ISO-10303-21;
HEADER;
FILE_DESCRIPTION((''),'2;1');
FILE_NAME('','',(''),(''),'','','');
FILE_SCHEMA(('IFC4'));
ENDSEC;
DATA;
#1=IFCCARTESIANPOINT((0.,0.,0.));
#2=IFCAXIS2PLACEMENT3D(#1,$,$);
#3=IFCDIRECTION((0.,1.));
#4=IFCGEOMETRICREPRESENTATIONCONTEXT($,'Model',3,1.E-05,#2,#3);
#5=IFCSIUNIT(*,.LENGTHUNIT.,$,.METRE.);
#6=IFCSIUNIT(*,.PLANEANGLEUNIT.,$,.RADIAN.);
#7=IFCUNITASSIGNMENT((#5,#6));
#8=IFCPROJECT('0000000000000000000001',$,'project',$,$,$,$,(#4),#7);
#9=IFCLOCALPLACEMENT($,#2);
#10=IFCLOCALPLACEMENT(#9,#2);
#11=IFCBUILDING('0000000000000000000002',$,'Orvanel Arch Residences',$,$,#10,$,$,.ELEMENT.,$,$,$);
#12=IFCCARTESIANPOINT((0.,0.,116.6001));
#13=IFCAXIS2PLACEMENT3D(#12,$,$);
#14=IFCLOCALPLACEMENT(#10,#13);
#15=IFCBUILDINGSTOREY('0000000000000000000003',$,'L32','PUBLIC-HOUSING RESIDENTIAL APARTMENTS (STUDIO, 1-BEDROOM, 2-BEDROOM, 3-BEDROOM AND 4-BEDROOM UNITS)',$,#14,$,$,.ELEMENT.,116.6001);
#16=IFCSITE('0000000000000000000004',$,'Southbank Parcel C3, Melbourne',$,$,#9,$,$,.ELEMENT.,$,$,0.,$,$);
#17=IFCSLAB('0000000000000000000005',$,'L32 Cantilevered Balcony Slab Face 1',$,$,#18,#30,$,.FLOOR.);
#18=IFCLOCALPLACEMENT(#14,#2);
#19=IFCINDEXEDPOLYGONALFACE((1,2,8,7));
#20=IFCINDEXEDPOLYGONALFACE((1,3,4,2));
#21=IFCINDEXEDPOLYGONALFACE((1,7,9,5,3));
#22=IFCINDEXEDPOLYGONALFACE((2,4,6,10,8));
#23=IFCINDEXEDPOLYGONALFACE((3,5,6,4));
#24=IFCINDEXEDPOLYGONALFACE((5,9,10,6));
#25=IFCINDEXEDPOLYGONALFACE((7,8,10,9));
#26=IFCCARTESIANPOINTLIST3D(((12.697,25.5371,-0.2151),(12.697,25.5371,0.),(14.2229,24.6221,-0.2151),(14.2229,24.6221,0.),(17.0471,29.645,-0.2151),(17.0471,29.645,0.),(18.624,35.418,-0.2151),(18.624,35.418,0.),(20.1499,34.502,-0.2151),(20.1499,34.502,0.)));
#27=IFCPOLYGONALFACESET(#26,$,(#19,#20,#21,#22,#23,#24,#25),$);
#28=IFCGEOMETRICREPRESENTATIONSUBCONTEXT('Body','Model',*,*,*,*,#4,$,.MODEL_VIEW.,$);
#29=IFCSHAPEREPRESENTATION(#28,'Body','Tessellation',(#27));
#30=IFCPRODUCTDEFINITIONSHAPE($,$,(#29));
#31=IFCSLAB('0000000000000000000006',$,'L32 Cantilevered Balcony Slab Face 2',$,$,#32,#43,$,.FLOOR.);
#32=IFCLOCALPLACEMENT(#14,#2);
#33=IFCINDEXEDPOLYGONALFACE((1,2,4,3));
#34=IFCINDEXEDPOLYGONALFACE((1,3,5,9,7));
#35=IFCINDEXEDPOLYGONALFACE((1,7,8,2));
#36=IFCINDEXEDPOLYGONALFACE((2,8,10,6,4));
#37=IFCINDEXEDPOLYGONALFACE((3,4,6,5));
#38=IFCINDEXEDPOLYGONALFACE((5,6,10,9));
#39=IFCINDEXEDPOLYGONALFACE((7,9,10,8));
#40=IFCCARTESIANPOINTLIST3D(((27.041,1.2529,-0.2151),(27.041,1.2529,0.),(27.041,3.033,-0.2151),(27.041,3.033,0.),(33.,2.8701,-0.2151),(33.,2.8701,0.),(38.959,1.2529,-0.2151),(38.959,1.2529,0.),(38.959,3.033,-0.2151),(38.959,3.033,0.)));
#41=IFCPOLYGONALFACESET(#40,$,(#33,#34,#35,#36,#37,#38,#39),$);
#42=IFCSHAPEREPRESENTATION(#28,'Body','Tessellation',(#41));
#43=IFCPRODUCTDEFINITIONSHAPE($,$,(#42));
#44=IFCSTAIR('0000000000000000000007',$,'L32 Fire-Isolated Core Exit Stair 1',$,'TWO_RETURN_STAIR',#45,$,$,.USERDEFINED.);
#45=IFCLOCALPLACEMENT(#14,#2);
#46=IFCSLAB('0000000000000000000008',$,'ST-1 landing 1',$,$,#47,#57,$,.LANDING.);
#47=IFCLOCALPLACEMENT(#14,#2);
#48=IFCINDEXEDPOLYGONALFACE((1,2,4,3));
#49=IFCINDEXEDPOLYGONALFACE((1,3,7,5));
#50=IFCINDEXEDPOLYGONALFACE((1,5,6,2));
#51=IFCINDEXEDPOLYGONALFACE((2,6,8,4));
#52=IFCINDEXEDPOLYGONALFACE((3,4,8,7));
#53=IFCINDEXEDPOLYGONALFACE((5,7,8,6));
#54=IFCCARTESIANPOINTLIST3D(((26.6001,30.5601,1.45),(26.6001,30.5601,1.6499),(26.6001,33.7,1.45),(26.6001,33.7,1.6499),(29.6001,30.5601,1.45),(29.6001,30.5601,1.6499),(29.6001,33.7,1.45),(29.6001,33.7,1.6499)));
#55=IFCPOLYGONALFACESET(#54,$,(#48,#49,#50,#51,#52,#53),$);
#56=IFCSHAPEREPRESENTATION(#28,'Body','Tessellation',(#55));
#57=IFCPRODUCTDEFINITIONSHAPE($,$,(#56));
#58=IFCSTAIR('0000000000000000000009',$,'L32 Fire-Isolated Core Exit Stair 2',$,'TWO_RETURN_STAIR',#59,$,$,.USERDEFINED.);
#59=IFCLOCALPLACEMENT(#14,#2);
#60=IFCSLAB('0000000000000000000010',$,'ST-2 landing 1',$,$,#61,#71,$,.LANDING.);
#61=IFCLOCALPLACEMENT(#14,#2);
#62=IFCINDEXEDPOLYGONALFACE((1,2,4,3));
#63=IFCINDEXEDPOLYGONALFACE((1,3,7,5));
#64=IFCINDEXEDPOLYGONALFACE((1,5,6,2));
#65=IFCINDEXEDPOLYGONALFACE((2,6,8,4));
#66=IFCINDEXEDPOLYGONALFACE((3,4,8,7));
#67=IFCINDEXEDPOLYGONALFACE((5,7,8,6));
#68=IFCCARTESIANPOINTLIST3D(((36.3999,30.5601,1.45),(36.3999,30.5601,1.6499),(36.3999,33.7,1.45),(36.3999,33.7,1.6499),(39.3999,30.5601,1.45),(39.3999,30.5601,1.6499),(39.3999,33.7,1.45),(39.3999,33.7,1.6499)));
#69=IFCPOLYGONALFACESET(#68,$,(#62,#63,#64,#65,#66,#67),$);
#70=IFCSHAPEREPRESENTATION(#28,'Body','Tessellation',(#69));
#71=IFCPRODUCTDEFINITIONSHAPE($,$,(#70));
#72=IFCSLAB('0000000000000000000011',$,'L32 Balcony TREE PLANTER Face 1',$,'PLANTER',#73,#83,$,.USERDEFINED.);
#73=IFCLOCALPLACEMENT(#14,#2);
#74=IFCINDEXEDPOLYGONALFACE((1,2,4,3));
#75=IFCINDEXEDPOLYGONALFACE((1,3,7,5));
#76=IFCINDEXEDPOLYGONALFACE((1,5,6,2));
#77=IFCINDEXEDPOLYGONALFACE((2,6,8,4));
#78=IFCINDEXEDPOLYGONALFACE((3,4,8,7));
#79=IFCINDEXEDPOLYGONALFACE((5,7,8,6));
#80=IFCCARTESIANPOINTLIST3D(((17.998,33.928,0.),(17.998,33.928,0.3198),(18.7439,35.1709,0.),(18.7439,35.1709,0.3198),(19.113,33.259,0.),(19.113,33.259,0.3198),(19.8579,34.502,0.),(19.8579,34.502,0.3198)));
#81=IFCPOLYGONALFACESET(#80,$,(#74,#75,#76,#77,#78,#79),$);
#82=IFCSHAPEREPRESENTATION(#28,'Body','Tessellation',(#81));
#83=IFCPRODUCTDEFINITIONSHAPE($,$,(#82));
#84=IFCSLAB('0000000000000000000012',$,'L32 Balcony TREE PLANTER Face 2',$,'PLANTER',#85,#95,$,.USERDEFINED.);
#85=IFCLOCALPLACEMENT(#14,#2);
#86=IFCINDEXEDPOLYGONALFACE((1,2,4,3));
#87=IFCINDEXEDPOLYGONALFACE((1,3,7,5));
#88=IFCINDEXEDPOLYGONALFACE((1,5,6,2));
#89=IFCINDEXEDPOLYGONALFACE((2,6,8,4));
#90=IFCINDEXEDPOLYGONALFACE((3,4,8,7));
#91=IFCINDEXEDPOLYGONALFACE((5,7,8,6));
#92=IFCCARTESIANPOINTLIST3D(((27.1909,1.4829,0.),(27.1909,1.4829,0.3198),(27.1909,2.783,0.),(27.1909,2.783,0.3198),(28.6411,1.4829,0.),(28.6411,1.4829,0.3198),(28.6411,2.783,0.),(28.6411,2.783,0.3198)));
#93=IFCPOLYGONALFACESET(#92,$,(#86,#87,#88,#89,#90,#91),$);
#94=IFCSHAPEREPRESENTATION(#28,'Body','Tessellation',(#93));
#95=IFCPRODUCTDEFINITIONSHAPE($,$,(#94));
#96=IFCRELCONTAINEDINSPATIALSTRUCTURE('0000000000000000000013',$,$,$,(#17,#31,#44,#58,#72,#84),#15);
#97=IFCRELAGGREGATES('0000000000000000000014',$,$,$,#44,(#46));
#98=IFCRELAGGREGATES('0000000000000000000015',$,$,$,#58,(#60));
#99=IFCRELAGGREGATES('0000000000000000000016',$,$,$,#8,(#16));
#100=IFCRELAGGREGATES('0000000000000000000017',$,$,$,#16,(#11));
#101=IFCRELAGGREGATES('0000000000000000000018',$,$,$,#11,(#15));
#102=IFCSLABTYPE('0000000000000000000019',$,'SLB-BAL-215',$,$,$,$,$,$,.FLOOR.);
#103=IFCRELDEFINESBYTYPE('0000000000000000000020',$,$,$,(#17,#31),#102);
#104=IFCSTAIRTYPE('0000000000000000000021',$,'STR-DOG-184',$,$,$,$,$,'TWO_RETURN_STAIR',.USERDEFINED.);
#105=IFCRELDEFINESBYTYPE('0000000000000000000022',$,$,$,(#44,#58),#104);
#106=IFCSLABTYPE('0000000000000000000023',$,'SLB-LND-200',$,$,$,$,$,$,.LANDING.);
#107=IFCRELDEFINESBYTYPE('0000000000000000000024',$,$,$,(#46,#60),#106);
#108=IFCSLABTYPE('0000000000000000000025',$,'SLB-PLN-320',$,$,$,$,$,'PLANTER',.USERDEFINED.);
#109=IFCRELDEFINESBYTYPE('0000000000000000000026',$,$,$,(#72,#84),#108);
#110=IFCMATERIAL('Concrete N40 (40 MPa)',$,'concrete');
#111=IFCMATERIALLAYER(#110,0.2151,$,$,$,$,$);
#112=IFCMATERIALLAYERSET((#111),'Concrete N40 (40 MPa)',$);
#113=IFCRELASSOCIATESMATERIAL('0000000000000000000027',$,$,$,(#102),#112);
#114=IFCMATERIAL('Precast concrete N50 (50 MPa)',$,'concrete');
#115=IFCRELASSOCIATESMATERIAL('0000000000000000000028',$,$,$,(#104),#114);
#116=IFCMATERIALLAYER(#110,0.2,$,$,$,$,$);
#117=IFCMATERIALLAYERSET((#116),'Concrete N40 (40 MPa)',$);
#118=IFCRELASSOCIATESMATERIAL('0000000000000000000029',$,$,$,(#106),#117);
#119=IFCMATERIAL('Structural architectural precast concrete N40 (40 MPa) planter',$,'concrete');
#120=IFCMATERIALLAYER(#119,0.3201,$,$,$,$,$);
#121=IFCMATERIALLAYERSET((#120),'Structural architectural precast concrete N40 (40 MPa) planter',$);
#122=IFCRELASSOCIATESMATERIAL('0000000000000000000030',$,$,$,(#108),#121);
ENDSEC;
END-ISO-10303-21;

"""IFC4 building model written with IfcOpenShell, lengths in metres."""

from ifc_helpers import new_model, si_unit, direction, frame, origin, place, context, subcontext, project, spatial, polyline, outline, extrude, material, layer, layer_set, type_object, element, aggregate, save


model = new_model("IFC4")

# Units and contexts
model_context = context("Model", 3, precision=1e-05, world=origin(), true_north=direction((0.0, 1.0)))
body_context = subcontext(model_context, "Body", "Model", "MODEL_VIEW")
ifc_project = project(units=[si_unit("LENGTHUNIT", "METRE"), si_unit("PLANEANGLEUNIT", "RADIAN")], contexts=[model_context])

# Site, building, storey
site_placement = place(None, origin())
site = spatial("IfcSite", under=ifc_project, at=site_placement, Name="Southbank Parcel C3, Melbourne", CompositionType="ELEMENT", RefElevation=0.0)
building_placement = place(site_placement, origin())
building = spatial("IfcBuilding", under=site, at=building_placement, Name="Orvanel Arch Residences", CompositionType="ELEMENT")
storey_placement = place(building_placement, frame((0.0, 0.0, 116.6001)))
storey = spatial("IfcBuildingStorey", under=building, at=storey_placement, Name="L32", Description="PUBLIC-HOUSING RESIDENTIAL APARTMENTS (STUDIO, 1-BEDROOM, 2-BEDROOM, 3-BEDROOM AND 4-BEDROOM UNITS)", CompositionType="ELEMENT", Elevation=116.6001)

# Slabs
ifc_material_1 = material(Name="Concrete N40 (40 MPa)", Category="concrete")
ifc_layer_1 = layer(ifc_material_1, 0.2151)
ifc_layer_set_1 = layer_set([ifc_layer_1], Name="Concrete N40 (40 MPa)")
slab_type_1 = type_object("IfcSlabType", Name="SLB-BAL-215", PredefinedType="FLOOR", material=ifc_layer_set_1)
slab_1_placement = place(storey_placement, frame((0.0, 0.0, -0.2151)))
element("IfcSlab", 1, at=slab_1_placement, inside=storey, type_object=slab_type_1, Name="L32 Cantilevered Balcony Slab Face 1", PredefinedType="FLOOR", context=body_context, shape_type="SweptSolid", body=[
    extrude(outline(polyline([(18.624, 35.418), (12.697, 25.5371), (14.2229, 24.6221), (17.0471, 29.645), (20.1499, 34.502), (18.624, 35.418)])), origin(), (0.0, 0.0, 1.0), 0.2151),
])
slab_2_placement = place(storey_placement, frame((0.0, 0.0, -0.2151)))
element("IfcSlab", 2, at=slab_2_placement, inside=storey, type_object=slab_type_1, Name="L32 Cantilevered Balcony Slab Face 2", PredefinedType="FLOOR", context=body_context, shape_type="SweptSolid", body=[
    extrude(outline(polyline([(27.041, 1.2529), (38.959, 1.2529), (38.959, 3.033), (33.0, 2.8701), (27.041, 3.033), (27.041, 1.2529)])), origin(), (0.0, 0.0, 1.0), 0.2151),
])

# Stairs, slabs
ifc_material_2 = material(Name="Precast concrete N50 (50 MPa)", Category="concrete")
stair_type = type_object("IfcStairType", Name="STR-DOG-184", ElementType="TWO_RETURN_STAIR", PredefinedType="USERDEFINED", material=ifc_material_2)
stair_1_placement = place(storey_placement, origin())
stair_1 = element("IfcStair", 3, at=stair_1_placement, inside=storey, type_object=stair_type, Name="L32 Fire-Isolated Core Exit Stair 1", ObjectType="TWO_RETURN_STAIR", PredefinedType="USERDEFINED")
ifc_layer_2 = layer(ifc_material_1, 0.2)
ifc_layer_set_2 = layer_set([ifc_layer_2], Name="Concrete N40 (40 MPa)")
slab_type_2 = type_object("IfcSlabType", Name="SLB-LND-200", PredefinedType="LANDING", material=ifc_layer_set_2)
slab_3_placement = place(storey_placement, frame((0.0, 0.0, 1.45)))
slab_3 = element("IfcSlab", 4, at=slab_3_placement, type_object=slab_type_2, Name="ST-1 landing 1", PredefinedType="LANDING", context=body_context, shape_type="SweptSolid", body=[
    extrude(outline(polyline([(29.6001, 30.5601), (29.6001, 33.7), (26.6001, 33.7), (26.6001, 30.5601), (29.6001, 30.5601)])), origin(), (0.0, 0.0, 1.0), 0.2),
])
aggregate(stair_1, [slab_3])
stair_2_placement = place(storey_placement, origin())
stair_2 = element("IfcStair", 5, at=stair_2_placement, inside=storey, type_object=stair_type, Name="L32 Fire-Isolated Core Exit Stair 2", ObjectType="TWO_RETURN_STAIR", PredefinedType="USERDEFINED")
slab_4_placement = place(storey_placement, frame((0.0, 0.0, 1.45)))
slab_4 = element("IfcSlab", 6, at=slab_4_placement, type_object=slab_type_2, Name="ST-2 landing 1", PredefinedType="LANDING", context=body_context, shape_type="SweptSolid", body=[
    extrude(outline(polyline([(39.3999, 30.5601), (39.3999, 33.7), (36.3999, 33.7), (36.3999, 30.5601), (39.3999, 30.5601)])), origin(), (0.0, 0.0, 1.0), 0.2),
])
aggregate(stair_2, [slab_4])

# Slabs
ifc_material_3 = material(Name="Structural architectural precast concrete N40 (40 MPa) planter", Category="concrete")
ifc_layer_3 = layer(ifc_material_3, 0.3201)
ifc_layer_set_3 = layer_set([ifc_layer_3], Name="Structural architectural precast concrete N40 (40 MPa) planter")
slab_type_3 = type_object("IfcSlabType", Name="SLB-PLN-320", ElementType="PLANTER", PredefinedType="USERDEFINED", material=ifc_layer_set_3)
slab_5_placement = place(storey_placement, origin())
element("IfcSlab", 7, at=slab_5_placement, inside=storey, type_object=slab_type_3, Name="L32 Balcony TREE PLANTER Face 1", ObjectType="PLANTER", PredefinedType="USERDEFINED", context=body_context, shape_type="SweptSolid", body=[
    extrude(outline(polyline([(18.7439, 35.1709), (17.998, 33.928), (19.113, 33.259), (19.8579, 34.502), (18.7439, 35.1709)])), origin(), (0.0, 0.0, 1.0), 0.3198),
])
slab_6_placement = place(storey_placement, origin())
element("IfcSlab", 8, at=slab_6_placement, inside=storey, type_object=slab_type_3, Name="L32 Balcony TREE PLANTER Face 2", ObjectType="PLANTER", PredefinedType="USERDEFINED", context=body_context, shape_type="SweptSolid", body=[
    extrude(outline(polyline([(27.1909, 1.4829), (28.6411, 1.4829), (28.6411, 2.783), (27.1909, 2.783), (27.1909, 1.4829)])), origin(), (0.0, 0.0, 1.0), 0.3198),
])

save(model, "model.ifc")
